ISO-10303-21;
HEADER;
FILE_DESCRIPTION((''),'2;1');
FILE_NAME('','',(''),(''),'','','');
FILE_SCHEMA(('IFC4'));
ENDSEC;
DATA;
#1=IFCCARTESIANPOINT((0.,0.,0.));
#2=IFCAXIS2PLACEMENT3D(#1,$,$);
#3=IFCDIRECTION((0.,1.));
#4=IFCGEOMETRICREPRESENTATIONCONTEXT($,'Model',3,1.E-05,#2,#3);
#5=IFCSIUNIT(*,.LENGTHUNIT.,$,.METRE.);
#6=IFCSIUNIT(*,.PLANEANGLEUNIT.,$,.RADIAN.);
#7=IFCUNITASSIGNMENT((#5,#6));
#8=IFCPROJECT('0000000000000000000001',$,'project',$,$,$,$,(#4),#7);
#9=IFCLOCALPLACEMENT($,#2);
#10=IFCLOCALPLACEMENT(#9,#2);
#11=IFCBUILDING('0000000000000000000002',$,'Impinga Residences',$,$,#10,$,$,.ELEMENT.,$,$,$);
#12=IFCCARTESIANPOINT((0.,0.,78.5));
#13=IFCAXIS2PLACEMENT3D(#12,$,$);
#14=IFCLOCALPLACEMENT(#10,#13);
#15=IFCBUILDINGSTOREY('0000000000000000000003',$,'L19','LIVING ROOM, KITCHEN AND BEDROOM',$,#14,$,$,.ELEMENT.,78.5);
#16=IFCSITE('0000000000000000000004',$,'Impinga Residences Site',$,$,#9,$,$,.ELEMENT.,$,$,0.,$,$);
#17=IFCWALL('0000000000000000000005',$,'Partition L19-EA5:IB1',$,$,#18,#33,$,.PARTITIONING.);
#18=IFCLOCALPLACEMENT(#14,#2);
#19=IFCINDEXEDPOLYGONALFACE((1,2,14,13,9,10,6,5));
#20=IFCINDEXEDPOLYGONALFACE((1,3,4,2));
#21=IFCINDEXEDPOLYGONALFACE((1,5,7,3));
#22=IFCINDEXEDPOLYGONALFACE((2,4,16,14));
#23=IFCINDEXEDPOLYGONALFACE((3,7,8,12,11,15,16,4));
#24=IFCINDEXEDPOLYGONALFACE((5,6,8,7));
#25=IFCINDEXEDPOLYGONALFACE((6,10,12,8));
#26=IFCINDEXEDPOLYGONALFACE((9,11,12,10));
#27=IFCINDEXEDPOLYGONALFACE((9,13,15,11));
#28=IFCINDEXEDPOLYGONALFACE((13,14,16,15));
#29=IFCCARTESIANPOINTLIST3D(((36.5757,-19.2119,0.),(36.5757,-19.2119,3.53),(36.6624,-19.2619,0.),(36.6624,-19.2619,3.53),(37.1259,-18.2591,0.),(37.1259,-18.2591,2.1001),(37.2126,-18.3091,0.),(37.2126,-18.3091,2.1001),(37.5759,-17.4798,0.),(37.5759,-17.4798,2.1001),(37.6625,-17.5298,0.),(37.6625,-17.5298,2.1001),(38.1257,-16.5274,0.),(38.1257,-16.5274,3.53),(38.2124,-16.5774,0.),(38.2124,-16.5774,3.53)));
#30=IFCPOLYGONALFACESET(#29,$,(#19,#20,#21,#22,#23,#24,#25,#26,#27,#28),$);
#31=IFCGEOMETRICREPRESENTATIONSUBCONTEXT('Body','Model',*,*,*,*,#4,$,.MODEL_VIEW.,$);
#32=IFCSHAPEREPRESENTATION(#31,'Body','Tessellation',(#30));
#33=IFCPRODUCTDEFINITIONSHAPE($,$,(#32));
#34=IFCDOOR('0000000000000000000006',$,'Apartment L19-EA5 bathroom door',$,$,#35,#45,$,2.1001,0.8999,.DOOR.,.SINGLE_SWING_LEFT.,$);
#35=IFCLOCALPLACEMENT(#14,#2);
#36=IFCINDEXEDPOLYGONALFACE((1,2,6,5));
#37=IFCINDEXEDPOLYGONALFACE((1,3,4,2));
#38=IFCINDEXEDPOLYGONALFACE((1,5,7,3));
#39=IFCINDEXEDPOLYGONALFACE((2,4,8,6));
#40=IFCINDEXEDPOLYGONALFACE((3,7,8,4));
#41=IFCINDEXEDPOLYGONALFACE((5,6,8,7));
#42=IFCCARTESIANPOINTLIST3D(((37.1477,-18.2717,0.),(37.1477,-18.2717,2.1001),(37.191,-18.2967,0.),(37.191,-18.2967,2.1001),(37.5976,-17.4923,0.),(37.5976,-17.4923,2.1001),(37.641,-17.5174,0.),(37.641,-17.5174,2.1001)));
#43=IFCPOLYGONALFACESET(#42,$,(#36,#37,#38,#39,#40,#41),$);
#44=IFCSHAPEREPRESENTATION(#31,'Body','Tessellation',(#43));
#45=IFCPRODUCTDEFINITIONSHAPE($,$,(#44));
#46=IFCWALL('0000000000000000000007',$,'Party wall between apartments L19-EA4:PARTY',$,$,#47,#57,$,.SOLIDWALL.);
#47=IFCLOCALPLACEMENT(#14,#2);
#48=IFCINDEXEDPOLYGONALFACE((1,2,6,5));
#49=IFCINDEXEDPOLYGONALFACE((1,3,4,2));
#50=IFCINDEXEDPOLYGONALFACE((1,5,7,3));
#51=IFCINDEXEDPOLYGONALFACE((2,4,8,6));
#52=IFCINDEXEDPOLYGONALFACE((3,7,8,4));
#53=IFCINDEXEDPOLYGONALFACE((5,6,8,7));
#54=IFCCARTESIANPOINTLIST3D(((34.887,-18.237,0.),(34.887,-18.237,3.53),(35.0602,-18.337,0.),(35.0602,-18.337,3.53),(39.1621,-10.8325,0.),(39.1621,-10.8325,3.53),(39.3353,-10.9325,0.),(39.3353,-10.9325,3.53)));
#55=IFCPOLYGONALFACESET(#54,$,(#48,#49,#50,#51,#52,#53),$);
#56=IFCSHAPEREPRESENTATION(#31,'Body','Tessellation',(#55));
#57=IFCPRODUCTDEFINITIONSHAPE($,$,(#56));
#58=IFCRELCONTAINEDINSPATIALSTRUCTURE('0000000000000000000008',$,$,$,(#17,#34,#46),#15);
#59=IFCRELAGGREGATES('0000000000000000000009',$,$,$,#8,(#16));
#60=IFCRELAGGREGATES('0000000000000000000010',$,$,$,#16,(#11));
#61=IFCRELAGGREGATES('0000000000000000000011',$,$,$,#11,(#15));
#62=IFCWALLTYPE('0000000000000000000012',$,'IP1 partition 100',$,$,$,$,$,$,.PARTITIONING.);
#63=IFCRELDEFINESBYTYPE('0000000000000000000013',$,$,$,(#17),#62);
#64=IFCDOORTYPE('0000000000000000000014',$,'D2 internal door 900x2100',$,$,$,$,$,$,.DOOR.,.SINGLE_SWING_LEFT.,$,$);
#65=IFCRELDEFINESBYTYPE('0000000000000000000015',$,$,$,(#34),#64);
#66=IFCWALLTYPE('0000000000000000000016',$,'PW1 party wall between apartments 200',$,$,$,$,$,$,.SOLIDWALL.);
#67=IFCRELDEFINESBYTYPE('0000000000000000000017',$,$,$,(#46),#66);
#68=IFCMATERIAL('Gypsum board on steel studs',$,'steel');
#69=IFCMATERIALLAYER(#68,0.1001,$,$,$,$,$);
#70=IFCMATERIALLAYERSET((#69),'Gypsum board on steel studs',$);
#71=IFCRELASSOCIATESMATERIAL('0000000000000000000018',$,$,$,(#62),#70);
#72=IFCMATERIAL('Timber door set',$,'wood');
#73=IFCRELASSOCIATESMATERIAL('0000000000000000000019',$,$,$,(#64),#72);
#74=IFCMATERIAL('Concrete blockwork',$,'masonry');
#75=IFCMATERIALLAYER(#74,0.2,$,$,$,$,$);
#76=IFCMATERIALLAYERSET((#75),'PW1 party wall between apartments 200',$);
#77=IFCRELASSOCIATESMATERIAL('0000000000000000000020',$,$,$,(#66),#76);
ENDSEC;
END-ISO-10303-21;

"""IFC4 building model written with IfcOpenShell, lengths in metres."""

from ifc_helpers import new_model, si_unit, direction, frame, frame_2d, origin, place, context, subcontext, project, spatial, rectangle, extrude, material, layer, layer_set, type_object, element, fill, save


model = new_model("IFC4")

# Units and contexts
model_context = context("Model", 3, precision=1e-05, world=origin(), true_north=direction((0.0, 1.0)))
body_context = subcontext(model_context, "Body", "Model", "MODEL_VIEW")
ifc_project = project(units=[si_unit("LENGTHUNIT", "METRE"), si_unit("PLANEANGLEUNIT", "RADIAN")], contexts=[model_context])

# Site, building, storey
site_placement = place(None, origin())
site = spatial("IfcSite", under=ifc_project, at=site_placement, Name="Impinga Residences Site", CompositionType="ELEMENT", RefElevation=0.0)
building_placement = place(site_placement, origin())
building = spatial("IfcBuilding", under=site, at=building_placement, Name="Impinga Residences", CompositionType="ELEMENT")
storey_placement = place(building_placement, frame((0.0, 0.0, 78.5)))
storey = spatial("IfcBuildingStorey", under=building, at=storey_placement, Name="L19", Description="LIVING ROOM, KITCHEN AND BEDROOM", CompositionType="ELEMENT", Elevation=78.5)

# Shared definitions
ifc_material_1 = material(Name="Gypsum board on steel studs", Category="steel")
ifc_layer_1 = layer(ifc_material_1, 0.1001)
ifc_layer_set_1 = layer_set([ifc_layer_1], Name="Gypsum board on steel studs")
wall_type_1 = type_object("IfcWallType", Name="IP1 partition 100", PredefinedType="PARTITIONING", material=ifc_layer_set_1)

# Wall, opening, door
wall_1_placement = place(storey_placement, frame((36.6191, -19.2368, 0.0), z_axis=(0.0, 0.0, 1.0), x_axis=(0.500027, 0.86601, 0.0)))
wall_1 = element("IfcWall", 1, at=wall_1_placement, inside=storey, type_object=wall_type_1, Name="Partition L19-EA5:IB1", PredefinedType="PARTITIONING", context=body_context, shape_type="SweptSolid", body=[
    extrude(rectangle(XDim=3.0999, YDim=0.1001, at=frame_2d((1.5498, 0.0))), origin(), (0.0, 0.0, 1.0), 3.53),
])
opening_1_placement = place(wall_1_placement, frame((1.1001, 0.0, 0.0)))
opening_1 = element("IfcOpeningElement", 2, at=opening_1_placement, cuts=wall_1, PredefinedType="OPENING", context=body_context, shape_type="SweptSolid", body=[
    extrude(rectangle(XDim=0.8999, YDim=2.1001, at=frame_2d((0.45, 1.05))), frame((0.0, 0.0601, 0.0), z_axis=(0.0, -1.0, 0.0), x_axis=(1.0, 0.0, 0.0)), (0.0, 0.0, 1.0), 0.1201),
])
ifc_material_2 = material(Name="Timber door set", Category="wood")
door_type = type_object("IfcDoorType", Name="D2 internal door 900x2100", OperationType="SINGLE_SWING_LEFT", PredefinedType="DOOR", material=ifc_material_2)
door_placement = place(opening_1_placement, origin())
door = element("IfcDoor", 3, at=door_placement, inside=storey, type_object=door_type, Name="Apartment L19-EA5 bathroom door", OperationType="SINGLE_SWING_LEFT", OverallHeight=2.1001, OverallWidth=0.8999, PredefinedType="DOOR", context=body_context, shape_type="SweptSolid", body=[
    extrude(rectangle(XDim=0.8999, YDim=2.1001, at=frame_2d((0.45, 1.05))), frame((0.0, 0.0249, 0.0), z_axis=(0.0, -1.0, 0.0), x_axis=(1.0, 0.0, 0.0)), (0.0, 0.0, 1.0), 0.05),
])
fill(opening_1, door)

# Wall
ifc_material_3 = material(Name="Concrete blockwork", Category="masonry")
ifc_layer_2 = layer(ifc_material_3, 0.2)
ifc_layer_set_2 = layer_set([ifc_layer_2], Name="PW1 party wall between apartments 200")
wall_type_2 = type_object("IfcWallType", Name="PW1 party wall between apartments 200", PredefinedType="SOLIDWALL", material=ifc_layer_set_2)
wall_2_placement = place(storey_placement, frame((34.9736, -18.2869, 0.0), z_axis=(0.0, 0.0, 1.0), x_axis=(0.500012, 0.866019, 0.0)))
element("IfcWall", 4, at=wall_2_placement, inside=storey, type_object=wall_type_2, Name="Party wall between apartments L19-EA4:PARTY", PredefinedType="SOLIDWALL", context=body_context, shape_type="SweptSolid", body=[
    extrude(rectangle(XDim=8.55, YDim=0.2, at=frame_2d((4.2749, 0.0))), origin(), (0.0, 0.0, 1.0), 3.53),
])

save(model, "model.ifc")
